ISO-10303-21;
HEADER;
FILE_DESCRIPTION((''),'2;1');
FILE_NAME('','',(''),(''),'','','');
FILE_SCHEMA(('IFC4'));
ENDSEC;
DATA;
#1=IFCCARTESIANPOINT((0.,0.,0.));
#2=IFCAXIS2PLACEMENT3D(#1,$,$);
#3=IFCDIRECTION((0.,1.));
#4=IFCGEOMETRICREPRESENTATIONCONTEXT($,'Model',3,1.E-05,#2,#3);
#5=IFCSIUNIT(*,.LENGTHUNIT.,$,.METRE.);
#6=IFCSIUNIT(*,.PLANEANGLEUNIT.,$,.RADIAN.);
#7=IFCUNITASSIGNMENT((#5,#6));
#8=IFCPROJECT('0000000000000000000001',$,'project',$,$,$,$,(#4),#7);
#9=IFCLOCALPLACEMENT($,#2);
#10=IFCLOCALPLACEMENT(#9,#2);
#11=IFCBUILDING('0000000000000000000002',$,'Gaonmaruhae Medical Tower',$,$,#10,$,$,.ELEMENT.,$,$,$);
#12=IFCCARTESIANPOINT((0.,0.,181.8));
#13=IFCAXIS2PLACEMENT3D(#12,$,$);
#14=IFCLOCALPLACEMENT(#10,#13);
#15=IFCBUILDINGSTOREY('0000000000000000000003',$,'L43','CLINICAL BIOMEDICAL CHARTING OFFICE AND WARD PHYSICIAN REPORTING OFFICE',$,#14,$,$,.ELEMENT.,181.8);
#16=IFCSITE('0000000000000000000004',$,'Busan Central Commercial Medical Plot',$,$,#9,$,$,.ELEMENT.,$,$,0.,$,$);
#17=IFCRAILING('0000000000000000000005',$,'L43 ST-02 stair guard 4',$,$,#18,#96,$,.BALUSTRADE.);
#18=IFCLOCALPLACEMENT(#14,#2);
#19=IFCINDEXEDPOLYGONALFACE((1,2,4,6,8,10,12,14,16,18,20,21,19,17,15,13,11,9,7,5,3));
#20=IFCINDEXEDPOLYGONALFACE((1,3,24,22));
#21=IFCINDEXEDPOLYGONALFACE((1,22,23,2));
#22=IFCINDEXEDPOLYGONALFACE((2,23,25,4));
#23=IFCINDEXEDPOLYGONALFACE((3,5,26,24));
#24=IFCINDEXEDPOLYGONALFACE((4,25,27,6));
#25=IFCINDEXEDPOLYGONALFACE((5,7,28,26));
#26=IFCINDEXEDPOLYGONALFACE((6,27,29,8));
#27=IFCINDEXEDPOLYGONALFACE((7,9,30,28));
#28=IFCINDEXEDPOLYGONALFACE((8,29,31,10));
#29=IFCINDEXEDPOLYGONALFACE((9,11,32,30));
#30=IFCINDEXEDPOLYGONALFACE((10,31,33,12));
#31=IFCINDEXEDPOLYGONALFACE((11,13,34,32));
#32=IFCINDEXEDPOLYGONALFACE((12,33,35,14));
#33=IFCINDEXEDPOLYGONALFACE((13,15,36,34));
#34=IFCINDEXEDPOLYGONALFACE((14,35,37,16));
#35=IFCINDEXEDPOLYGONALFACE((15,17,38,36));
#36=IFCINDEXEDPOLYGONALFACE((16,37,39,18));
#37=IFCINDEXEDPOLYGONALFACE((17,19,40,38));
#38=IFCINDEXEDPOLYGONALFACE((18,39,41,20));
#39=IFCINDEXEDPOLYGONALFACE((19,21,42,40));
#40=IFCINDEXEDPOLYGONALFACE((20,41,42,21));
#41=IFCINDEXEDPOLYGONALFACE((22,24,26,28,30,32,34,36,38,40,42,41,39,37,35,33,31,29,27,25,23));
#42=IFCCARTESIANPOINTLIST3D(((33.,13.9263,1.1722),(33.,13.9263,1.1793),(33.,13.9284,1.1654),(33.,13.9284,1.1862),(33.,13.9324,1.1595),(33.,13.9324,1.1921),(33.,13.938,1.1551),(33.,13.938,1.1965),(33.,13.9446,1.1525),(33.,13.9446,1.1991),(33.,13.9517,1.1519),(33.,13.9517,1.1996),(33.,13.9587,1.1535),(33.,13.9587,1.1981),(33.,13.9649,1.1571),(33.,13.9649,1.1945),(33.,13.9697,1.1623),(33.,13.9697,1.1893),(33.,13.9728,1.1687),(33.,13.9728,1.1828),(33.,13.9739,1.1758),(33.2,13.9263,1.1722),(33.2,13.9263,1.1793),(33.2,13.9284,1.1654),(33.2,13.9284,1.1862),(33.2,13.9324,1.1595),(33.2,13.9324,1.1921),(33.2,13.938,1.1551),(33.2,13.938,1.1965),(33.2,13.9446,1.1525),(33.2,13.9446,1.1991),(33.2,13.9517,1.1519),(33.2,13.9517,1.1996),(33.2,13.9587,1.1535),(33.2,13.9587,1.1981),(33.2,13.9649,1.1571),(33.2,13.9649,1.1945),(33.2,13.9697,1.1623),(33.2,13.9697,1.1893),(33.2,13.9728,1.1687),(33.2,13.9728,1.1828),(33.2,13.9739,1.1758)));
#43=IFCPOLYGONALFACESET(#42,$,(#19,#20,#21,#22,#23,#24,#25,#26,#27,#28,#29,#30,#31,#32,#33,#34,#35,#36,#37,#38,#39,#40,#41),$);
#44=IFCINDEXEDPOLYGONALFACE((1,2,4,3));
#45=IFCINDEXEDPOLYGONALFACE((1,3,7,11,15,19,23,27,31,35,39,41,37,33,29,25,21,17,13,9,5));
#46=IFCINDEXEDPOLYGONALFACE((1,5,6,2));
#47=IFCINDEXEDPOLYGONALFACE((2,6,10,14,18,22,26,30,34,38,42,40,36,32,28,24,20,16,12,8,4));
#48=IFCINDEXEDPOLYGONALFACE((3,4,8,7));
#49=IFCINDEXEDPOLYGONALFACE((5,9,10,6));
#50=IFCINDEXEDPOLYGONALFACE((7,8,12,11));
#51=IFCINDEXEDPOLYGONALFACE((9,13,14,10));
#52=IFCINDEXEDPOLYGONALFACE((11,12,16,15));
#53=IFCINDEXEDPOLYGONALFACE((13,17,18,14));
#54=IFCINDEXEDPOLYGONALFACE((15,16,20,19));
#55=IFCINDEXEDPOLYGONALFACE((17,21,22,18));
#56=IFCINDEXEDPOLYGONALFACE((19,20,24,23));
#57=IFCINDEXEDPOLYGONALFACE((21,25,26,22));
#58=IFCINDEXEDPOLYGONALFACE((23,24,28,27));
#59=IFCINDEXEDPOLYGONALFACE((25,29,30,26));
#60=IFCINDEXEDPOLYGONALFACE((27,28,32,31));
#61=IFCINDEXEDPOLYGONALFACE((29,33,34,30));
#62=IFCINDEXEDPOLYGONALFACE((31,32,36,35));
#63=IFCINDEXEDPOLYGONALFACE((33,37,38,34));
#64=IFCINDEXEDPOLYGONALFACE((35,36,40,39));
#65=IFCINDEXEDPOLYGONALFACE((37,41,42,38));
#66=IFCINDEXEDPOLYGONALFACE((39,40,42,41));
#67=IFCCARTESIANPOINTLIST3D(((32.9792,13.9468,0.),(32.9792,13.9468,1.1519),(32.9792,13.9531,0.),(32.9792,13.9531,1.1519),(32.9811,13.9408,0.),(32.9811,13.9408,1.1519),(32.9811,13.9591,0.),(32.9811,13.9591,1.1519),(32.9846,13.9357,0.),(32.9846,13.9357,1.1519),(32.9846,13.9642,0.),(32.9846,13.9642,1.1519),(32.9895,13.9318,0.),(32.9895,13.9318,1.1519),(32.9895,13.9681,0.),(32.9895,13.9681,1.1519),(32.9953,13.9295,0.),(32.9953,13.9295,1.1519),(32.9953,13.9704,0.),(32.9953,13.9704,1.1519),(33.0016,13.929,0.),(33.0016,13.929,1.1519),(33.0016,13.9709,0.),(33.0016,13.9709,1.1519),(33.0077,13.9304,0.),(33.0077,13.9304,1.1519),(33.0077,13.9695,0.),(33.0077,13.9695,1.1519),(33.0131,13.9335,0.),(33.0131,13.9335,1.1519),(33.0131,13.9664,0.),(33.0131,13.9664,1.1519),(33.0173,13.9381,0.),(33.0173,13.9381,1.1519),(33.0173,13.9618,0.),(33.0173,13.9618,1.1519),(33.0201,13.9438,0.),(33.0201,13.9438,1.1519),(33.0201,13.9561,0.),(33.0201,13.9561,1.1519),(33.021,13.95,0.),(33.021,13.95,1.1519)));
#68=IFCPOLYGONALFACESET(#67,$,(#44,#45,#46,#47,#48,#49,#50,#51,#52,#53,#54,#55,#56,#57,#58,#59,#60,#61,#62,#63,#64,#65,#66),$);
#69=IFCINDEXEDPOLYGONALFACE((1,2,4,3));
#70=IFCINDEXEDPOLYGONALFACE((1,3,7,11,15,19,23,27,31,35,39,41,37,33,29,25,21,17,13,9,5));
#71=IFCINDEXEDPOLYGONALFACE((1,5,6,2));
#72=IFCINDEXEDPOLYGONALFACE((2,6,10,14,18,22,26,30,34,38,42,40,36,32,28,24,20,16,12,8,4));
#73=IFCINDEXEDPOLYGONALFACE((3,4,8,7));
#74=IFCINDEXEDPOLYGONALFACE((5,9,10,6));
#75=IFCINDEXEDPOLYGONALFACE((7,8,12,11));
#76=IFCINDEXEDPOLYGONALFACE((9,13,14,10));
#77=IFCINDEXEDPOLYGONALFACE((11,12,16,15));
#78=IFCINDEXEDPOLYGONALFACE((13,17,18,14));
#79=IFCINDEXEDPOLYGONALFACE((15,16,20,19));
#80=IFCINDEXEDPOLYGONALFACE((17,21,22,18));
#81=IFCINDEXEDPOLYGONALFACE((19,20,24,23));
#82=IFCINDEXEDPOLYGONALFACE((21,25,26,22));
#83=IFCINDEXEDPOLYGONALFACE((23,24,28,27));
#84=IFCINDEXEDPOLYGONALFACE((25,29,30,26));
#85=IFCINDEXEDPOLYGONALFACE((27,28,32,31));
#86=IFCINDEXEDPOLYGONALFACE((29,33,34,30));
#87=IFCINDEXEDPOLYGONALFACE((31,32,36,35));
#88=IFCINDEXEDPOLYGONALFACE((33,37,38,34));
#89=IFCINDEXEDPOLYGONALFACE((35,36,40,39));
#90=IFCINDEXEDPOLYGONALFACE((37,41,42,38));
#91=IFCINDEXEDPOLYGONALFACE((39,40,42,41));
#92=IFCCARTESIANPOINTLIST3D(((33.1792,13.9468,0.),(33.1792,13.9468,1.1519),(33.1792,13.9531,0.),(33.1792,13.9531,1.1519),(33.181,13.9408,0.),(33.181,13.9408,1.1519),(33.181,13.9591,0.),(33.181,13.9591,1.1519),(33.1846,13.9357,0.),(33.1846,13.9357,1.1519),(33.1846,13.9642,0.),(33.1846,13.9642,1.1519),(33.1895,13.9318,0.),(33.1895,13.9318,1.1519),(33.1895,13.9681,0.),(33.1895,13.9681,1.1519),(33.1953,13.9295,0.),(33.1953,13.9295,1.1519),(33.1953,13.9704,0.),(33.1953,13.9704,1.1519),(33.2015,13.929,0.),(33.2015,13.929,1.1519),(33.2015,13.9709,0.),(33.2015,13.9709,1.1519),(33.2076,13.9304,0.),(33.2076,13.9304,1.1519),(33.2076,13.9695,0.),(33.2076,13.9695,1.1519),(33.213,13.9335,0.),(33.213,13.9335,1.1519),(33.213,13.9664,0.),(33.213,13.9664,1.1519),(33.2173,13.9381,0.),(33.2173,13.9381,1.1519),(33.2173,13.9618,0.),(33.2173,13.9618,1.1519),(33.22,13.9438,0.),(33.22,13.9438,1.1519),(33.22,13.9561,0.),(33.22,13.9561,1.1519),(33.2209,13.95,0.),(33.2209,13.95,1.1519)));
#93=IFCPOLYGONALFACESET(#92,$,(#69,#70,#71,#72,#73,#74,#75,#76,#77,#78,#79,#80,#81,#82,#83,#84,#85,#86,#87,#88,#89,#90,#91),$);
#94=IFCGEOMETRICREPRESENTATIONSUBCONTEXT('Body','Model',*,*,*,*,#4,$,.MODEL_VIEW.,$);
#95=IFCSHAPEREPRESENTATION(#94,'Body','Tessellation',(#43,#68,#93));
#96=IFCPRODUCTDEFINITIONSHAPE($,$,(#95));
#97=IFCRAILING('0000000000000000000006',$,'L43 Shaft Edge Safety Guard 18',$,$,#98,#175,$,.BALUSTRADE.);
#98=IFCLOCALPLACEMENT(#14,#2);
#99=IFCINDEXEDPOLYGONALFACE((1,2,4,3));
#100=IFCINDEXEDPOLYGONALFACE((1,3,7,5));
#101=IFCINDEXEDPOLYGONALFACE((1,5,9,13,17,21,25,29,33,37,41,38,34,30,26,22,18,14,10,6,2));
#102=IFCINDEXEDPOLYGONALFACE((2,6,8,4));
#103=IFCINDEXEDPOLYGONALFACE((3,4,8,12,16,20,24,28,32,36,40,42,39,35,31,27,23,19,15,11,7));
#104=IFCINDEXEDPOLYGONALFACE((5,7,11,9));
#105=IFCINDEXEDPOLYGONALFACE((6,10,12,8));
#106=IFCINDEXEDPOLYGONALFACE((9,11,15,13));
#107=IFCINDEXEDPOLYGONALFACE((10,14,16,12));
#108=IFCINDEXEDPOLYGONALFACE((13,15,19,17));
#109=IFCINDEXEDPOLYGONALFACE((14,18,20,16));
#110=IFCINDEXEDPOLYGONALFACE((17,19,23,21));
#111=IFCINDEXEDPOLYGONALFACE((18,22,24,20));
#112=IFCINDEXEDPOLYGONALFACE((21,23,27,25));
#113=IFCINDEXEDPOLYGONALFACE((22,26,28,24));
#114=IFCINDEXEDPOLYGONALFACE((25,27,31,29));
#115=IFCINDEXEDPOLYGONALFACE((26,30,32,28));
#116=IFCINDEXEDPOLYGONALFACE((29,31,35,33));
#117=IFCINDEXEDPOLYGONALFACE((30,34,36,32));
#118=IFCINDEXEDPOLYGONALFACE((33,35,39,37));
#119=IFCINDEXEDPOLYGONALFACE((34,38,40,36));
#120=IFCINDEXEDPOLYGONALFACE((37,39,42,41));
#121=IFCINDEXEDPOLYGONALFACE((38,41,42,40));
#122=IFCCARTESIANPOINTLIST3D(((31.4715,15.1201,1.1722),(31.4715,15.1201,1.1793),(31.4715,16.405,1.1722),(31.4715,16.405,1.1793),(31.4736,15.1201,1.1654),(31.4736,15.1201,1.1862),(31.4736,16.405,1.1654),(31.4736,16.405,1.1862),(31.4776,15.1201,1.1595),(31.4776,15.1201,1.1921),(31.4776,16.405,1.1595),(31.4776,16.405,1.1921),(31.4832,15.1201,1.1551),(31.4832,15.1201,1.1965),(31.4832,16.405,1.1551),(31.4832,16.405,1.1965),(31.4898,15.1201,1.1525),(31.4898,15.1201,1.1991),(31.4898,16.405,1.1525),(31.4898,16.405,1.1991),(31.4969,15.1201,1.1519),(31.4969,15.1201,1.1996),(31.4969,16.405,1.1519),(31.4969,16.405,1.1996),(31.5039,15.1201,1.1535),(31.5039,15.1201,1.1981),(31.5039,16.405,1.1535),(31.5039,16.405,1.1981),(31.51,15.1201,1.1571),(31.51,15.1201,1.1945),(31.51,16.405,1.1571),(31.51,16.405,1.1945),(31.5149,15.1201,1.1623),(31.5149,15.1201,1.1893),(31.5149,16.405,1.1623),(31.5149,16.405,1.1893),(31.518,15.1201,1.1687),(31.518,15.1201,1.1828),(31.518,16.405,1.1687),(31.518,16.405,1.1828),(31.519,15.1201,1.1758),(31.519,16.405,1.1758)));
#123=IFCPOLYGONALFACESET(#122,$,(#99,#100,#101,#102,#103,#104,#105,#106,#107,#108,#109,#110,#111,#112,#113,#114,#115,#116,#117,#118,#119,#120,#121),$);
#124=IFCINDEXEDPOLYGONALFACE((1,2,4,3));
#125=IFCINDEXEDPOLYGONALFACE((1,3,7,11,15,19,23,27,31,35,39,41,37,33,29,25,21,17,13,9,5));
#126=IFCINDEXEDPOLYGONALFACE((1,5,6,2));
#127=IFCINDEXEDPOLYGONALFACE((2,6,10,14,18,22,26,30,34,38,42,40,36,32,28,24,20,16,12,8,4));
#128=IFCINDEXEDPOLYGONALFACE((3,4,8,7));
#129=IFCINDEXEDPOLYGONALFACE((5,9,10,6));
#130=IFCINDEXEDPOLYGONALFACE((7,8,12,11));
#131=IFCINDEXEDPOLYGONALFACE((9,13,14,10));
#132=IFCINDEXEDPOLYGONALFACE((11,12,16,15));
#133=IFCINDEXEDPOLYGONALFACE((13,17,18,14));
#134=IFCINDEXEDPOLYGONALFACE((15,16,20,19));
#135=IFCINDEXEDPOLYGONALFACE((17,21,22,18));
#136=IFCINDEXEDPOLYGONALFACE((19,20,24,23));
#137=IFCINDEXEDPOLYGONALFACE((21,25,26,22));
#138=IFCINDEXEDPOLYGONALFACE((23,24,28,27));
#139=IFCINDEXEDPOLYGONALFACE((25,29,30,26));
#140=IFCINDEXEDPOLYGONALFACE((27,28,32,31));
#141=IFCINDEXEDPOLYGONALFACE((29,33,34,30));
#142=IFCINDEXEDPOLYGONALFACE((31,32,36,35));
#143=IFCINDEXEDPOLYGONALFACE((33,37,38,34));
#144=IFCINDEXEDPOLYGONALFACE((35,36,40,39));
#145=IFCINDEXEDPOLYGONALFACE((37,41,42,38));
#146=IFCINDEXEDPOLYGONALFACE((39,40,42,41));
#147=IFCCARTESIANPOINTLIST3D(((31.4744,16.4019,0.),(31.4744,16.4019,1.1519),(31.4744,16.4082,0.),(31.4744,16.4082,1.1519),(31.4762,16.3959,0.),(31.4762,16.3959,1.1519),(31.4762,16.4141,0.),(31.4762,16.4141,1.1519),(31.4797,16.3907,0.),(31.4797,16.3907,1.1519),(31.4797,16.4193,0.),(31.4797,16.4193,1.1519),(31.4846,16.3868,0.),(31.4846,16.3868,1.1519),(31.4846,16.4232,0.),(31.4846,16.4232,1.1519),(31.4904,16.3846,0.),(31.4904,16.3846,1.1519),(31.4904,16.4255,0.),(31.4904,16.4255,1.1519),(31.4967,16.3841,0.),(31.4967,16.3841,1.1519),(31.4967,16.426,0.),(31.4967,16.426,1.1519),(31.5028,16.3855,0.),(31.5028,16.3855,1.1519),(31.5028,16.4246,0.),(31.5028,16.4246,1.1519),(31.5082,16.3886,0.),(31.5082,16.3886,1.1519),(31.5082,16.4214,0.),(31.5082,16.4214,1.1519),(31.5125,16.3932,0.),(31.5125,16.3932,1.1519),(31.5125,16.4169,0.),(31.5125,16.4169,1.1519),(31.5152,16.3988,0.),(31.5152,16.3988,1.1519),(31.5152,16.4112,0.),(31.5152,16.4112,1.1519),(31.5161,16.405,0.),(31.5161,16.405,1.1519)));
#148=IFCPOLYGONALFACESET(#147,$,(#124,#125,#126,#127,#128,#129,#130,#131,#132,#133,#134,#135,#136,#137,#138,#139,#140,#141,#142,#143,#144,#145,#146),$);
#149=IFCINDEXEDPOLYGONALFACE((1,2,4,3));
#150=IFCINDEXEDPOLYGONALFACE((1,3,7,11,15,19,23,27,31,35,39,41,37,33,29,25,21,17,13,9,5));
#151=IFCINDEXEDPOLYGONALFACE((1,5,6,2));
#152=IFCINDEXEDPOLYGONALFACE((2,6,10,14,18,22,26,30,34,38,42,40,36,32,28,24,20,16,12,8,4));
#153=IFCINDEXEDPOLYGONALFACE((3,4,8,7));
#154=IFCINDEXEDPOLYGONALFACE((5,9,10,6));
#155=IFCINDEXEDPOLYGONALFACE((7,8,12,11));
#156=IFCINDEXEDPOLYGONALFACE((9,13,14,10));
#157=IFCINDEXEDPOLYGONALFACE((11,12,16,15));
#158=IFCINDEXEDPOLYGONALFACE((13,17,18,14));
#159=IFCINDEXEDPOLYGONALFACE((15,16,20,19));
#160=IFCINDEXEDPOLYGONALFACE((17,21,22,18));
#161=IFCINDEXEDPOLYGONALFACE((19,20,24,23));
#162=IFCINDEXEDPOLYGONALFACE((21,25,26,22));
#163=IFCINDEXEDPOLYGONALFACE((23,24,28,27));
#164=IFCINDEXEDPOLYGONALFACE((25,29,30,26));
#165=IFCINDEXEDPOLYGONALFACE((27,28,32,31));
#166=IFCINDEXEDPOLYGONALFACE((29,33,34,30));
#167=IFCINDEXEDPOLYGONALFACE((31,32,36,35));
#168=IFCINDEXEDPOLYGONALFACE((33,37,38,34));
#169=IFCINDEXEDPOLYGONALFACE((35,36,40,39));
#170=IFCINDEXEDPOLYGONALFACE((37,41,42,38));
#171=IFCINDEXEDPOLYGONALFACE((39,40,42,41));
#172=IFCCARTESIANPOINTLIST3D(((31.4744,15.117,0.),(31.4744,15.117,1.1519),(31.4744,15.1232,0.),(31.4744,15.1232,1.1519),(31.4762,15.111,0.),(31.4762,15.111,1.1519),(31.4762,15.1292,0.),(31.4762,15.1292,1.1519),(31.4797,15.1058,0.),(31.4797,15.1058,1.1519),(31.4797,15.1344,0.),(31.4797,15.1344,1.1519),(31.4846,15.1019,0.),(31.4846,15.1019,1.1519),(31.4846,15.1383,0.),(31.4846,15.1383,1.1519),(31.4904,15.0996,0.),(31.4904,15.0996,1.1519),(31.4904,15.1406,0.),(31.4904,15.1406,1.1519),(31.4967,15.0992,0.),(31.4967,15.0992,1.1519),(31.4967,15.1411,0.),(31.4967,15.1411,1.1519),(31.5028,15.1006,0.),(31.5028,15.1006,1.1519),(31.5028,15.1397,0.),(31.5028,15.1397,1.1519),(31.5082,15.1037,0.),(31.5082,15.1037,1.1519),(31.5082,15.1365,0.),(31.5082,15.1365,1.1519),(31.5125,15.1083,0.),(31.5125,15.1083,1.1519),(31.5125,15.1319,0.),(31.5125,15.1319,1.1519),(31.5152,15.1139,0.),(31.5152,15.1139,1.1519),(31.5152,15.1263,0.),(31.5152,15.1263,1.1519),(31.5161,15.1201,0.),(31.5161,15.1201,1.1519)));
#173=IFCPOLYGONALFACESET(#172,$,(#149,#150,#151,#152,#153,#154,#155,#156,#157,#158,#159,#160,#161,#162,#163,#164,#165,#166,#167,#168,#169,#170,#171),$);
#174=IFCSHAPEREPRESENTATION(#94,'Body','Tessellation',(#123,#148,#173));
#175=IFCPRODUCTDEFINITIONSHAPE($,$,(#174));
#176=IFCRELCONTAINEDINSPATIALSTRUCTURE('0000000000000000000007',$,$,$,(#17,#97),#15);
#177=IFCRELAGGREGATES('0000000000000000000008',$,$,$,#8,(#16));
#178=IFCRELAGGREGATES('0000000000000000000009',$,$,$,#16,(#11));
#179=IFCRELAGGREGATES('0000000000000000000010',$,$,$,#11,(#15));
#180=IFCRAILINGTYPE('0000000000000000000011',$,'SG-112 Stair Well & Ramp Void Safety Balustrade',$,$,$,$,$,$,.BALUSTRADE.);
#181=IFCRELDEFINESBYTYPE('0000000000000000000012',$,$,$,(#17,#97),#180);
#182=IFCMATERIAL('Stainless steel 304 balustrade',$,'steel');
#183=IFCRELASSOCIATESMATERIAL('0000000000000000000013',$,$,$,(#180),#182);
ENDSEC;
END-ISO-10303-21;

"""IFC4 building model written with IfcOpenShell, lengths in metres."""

from ifc_helpers import new_model, si_unit, direction, frame, origin, origin_2d, place, context, subcontext, project, spatial, circle, extrude, material, type_object, element, save


model = new_model("IFC4")

# Units and contexts
model_context = context("Model", 3, precision=1e-05, world=origin(), true_north=direction((0.0, 1.0)))
body_context = subcontext(model_context, "Body", "Model", "MODEL_VIEW")
ifc_project = project(units=[si_unit("LENGTHUNIT", "METRE"), si_unit("PLANEANGLEUNIT", "RADIAN")], contexts=[model_context])

# Site, building, storey
site_placement = place(None, origin())
site = spatial("IfcSite", under=ifc_project, at=site_placement, Name="Busan Central Commercial Medical Plot", CompositionType="ELEMENT", RefElevation=0.0)
building_placement = place(site_placement, origin())
building = spatial("IfcBuilding", under=site, at=building_placement, Name="Gaonmaruhae Medical Tower", CompositionType="ELEMENT")
storey_placement = place(building_placement, frame((0.0, 0.0, 181.8)))
storey = spatial("IfcBuildingStorey", under=building, at=storey_placement, Name="L43", Description="CLINICAL BIOMEDICAL CHARTING OFFICE AND WARD PHYSICIAN REPORTING OFFICE", CompositionType="ELEMENT", Elevation=181.8)

# Railings
ifc_material_1 = material(Name="Stainless steel 304 balustrade", Category="steel")
railing_type_1 = type_object("IfcRailingType", Name="SG-112 Stair Well & Ramp Void Safety Balustrade", PredefinedType="BALUSTRADE", material=ifc_material_1)
railing_1_placement = place(storey_placement, frame((33.0, 13.95, 0.0)))
element("IfcRailing", 1, at=railing_1_placement, inside=storey, type_object=railing_type_1, Name="L43 ST-02 stair guard 4", PredefinedType="BALUSTRADE", context=body_context, shape_type="SweptSolid", body=[
    extrude(circle(Radius=0.0239, at=origin_2d()), frame((0.0, 0.0, 1.1758), z_axis=(1.0, 0.0, 0.0), x_axis=(0.0, 1.0, 0.0)), (0.0, 0.0, 1.0), 0.2),
    extrude(circle(Radius=0.021, at=origin_2d()), origin(), (0.0, 0.0, 1.0), 1.1519),
    extrude(circle(Radius=0.021, at=origin_2d()), frame((0.2, 0.0, 0.0)), (0.0, 0.0, 1.0), 1.1519),
])
railing_2_placement = place(storey_placement, frame((31.4951, 16.405, 0.0)))
element("IfcRailing", 2, at=railing_2_placement, inside=storey, type_object=railing_type_1, Name="L43 Shaft Edge Safety Guard 18", PredefinedType="BALUSTRADE", context=body_context, shape_type="SweptSolid", body=[
    extrude(circle(Radius=0.0239, at=origin_2d()), frame((0.0, 0.0, 1.1758), z_axis=(0.0, -1.0, 0.0), x_axis=(1.0, 0.0, 0.0)), (0.0, 0.0, 1.0), 1.2849),
    extrude(circle(Radius=0.021, at=origin_2d()), origin(), (0.0, 0.0, 1.0), 1.1519),
    extrude(circle(Radius=0.021, at=origin_2d()), frame((0.0, -1.2849, 0.0)), (0.0, 0.0, 1.0), 1.1519),
])

save(model, "model.ifc")
